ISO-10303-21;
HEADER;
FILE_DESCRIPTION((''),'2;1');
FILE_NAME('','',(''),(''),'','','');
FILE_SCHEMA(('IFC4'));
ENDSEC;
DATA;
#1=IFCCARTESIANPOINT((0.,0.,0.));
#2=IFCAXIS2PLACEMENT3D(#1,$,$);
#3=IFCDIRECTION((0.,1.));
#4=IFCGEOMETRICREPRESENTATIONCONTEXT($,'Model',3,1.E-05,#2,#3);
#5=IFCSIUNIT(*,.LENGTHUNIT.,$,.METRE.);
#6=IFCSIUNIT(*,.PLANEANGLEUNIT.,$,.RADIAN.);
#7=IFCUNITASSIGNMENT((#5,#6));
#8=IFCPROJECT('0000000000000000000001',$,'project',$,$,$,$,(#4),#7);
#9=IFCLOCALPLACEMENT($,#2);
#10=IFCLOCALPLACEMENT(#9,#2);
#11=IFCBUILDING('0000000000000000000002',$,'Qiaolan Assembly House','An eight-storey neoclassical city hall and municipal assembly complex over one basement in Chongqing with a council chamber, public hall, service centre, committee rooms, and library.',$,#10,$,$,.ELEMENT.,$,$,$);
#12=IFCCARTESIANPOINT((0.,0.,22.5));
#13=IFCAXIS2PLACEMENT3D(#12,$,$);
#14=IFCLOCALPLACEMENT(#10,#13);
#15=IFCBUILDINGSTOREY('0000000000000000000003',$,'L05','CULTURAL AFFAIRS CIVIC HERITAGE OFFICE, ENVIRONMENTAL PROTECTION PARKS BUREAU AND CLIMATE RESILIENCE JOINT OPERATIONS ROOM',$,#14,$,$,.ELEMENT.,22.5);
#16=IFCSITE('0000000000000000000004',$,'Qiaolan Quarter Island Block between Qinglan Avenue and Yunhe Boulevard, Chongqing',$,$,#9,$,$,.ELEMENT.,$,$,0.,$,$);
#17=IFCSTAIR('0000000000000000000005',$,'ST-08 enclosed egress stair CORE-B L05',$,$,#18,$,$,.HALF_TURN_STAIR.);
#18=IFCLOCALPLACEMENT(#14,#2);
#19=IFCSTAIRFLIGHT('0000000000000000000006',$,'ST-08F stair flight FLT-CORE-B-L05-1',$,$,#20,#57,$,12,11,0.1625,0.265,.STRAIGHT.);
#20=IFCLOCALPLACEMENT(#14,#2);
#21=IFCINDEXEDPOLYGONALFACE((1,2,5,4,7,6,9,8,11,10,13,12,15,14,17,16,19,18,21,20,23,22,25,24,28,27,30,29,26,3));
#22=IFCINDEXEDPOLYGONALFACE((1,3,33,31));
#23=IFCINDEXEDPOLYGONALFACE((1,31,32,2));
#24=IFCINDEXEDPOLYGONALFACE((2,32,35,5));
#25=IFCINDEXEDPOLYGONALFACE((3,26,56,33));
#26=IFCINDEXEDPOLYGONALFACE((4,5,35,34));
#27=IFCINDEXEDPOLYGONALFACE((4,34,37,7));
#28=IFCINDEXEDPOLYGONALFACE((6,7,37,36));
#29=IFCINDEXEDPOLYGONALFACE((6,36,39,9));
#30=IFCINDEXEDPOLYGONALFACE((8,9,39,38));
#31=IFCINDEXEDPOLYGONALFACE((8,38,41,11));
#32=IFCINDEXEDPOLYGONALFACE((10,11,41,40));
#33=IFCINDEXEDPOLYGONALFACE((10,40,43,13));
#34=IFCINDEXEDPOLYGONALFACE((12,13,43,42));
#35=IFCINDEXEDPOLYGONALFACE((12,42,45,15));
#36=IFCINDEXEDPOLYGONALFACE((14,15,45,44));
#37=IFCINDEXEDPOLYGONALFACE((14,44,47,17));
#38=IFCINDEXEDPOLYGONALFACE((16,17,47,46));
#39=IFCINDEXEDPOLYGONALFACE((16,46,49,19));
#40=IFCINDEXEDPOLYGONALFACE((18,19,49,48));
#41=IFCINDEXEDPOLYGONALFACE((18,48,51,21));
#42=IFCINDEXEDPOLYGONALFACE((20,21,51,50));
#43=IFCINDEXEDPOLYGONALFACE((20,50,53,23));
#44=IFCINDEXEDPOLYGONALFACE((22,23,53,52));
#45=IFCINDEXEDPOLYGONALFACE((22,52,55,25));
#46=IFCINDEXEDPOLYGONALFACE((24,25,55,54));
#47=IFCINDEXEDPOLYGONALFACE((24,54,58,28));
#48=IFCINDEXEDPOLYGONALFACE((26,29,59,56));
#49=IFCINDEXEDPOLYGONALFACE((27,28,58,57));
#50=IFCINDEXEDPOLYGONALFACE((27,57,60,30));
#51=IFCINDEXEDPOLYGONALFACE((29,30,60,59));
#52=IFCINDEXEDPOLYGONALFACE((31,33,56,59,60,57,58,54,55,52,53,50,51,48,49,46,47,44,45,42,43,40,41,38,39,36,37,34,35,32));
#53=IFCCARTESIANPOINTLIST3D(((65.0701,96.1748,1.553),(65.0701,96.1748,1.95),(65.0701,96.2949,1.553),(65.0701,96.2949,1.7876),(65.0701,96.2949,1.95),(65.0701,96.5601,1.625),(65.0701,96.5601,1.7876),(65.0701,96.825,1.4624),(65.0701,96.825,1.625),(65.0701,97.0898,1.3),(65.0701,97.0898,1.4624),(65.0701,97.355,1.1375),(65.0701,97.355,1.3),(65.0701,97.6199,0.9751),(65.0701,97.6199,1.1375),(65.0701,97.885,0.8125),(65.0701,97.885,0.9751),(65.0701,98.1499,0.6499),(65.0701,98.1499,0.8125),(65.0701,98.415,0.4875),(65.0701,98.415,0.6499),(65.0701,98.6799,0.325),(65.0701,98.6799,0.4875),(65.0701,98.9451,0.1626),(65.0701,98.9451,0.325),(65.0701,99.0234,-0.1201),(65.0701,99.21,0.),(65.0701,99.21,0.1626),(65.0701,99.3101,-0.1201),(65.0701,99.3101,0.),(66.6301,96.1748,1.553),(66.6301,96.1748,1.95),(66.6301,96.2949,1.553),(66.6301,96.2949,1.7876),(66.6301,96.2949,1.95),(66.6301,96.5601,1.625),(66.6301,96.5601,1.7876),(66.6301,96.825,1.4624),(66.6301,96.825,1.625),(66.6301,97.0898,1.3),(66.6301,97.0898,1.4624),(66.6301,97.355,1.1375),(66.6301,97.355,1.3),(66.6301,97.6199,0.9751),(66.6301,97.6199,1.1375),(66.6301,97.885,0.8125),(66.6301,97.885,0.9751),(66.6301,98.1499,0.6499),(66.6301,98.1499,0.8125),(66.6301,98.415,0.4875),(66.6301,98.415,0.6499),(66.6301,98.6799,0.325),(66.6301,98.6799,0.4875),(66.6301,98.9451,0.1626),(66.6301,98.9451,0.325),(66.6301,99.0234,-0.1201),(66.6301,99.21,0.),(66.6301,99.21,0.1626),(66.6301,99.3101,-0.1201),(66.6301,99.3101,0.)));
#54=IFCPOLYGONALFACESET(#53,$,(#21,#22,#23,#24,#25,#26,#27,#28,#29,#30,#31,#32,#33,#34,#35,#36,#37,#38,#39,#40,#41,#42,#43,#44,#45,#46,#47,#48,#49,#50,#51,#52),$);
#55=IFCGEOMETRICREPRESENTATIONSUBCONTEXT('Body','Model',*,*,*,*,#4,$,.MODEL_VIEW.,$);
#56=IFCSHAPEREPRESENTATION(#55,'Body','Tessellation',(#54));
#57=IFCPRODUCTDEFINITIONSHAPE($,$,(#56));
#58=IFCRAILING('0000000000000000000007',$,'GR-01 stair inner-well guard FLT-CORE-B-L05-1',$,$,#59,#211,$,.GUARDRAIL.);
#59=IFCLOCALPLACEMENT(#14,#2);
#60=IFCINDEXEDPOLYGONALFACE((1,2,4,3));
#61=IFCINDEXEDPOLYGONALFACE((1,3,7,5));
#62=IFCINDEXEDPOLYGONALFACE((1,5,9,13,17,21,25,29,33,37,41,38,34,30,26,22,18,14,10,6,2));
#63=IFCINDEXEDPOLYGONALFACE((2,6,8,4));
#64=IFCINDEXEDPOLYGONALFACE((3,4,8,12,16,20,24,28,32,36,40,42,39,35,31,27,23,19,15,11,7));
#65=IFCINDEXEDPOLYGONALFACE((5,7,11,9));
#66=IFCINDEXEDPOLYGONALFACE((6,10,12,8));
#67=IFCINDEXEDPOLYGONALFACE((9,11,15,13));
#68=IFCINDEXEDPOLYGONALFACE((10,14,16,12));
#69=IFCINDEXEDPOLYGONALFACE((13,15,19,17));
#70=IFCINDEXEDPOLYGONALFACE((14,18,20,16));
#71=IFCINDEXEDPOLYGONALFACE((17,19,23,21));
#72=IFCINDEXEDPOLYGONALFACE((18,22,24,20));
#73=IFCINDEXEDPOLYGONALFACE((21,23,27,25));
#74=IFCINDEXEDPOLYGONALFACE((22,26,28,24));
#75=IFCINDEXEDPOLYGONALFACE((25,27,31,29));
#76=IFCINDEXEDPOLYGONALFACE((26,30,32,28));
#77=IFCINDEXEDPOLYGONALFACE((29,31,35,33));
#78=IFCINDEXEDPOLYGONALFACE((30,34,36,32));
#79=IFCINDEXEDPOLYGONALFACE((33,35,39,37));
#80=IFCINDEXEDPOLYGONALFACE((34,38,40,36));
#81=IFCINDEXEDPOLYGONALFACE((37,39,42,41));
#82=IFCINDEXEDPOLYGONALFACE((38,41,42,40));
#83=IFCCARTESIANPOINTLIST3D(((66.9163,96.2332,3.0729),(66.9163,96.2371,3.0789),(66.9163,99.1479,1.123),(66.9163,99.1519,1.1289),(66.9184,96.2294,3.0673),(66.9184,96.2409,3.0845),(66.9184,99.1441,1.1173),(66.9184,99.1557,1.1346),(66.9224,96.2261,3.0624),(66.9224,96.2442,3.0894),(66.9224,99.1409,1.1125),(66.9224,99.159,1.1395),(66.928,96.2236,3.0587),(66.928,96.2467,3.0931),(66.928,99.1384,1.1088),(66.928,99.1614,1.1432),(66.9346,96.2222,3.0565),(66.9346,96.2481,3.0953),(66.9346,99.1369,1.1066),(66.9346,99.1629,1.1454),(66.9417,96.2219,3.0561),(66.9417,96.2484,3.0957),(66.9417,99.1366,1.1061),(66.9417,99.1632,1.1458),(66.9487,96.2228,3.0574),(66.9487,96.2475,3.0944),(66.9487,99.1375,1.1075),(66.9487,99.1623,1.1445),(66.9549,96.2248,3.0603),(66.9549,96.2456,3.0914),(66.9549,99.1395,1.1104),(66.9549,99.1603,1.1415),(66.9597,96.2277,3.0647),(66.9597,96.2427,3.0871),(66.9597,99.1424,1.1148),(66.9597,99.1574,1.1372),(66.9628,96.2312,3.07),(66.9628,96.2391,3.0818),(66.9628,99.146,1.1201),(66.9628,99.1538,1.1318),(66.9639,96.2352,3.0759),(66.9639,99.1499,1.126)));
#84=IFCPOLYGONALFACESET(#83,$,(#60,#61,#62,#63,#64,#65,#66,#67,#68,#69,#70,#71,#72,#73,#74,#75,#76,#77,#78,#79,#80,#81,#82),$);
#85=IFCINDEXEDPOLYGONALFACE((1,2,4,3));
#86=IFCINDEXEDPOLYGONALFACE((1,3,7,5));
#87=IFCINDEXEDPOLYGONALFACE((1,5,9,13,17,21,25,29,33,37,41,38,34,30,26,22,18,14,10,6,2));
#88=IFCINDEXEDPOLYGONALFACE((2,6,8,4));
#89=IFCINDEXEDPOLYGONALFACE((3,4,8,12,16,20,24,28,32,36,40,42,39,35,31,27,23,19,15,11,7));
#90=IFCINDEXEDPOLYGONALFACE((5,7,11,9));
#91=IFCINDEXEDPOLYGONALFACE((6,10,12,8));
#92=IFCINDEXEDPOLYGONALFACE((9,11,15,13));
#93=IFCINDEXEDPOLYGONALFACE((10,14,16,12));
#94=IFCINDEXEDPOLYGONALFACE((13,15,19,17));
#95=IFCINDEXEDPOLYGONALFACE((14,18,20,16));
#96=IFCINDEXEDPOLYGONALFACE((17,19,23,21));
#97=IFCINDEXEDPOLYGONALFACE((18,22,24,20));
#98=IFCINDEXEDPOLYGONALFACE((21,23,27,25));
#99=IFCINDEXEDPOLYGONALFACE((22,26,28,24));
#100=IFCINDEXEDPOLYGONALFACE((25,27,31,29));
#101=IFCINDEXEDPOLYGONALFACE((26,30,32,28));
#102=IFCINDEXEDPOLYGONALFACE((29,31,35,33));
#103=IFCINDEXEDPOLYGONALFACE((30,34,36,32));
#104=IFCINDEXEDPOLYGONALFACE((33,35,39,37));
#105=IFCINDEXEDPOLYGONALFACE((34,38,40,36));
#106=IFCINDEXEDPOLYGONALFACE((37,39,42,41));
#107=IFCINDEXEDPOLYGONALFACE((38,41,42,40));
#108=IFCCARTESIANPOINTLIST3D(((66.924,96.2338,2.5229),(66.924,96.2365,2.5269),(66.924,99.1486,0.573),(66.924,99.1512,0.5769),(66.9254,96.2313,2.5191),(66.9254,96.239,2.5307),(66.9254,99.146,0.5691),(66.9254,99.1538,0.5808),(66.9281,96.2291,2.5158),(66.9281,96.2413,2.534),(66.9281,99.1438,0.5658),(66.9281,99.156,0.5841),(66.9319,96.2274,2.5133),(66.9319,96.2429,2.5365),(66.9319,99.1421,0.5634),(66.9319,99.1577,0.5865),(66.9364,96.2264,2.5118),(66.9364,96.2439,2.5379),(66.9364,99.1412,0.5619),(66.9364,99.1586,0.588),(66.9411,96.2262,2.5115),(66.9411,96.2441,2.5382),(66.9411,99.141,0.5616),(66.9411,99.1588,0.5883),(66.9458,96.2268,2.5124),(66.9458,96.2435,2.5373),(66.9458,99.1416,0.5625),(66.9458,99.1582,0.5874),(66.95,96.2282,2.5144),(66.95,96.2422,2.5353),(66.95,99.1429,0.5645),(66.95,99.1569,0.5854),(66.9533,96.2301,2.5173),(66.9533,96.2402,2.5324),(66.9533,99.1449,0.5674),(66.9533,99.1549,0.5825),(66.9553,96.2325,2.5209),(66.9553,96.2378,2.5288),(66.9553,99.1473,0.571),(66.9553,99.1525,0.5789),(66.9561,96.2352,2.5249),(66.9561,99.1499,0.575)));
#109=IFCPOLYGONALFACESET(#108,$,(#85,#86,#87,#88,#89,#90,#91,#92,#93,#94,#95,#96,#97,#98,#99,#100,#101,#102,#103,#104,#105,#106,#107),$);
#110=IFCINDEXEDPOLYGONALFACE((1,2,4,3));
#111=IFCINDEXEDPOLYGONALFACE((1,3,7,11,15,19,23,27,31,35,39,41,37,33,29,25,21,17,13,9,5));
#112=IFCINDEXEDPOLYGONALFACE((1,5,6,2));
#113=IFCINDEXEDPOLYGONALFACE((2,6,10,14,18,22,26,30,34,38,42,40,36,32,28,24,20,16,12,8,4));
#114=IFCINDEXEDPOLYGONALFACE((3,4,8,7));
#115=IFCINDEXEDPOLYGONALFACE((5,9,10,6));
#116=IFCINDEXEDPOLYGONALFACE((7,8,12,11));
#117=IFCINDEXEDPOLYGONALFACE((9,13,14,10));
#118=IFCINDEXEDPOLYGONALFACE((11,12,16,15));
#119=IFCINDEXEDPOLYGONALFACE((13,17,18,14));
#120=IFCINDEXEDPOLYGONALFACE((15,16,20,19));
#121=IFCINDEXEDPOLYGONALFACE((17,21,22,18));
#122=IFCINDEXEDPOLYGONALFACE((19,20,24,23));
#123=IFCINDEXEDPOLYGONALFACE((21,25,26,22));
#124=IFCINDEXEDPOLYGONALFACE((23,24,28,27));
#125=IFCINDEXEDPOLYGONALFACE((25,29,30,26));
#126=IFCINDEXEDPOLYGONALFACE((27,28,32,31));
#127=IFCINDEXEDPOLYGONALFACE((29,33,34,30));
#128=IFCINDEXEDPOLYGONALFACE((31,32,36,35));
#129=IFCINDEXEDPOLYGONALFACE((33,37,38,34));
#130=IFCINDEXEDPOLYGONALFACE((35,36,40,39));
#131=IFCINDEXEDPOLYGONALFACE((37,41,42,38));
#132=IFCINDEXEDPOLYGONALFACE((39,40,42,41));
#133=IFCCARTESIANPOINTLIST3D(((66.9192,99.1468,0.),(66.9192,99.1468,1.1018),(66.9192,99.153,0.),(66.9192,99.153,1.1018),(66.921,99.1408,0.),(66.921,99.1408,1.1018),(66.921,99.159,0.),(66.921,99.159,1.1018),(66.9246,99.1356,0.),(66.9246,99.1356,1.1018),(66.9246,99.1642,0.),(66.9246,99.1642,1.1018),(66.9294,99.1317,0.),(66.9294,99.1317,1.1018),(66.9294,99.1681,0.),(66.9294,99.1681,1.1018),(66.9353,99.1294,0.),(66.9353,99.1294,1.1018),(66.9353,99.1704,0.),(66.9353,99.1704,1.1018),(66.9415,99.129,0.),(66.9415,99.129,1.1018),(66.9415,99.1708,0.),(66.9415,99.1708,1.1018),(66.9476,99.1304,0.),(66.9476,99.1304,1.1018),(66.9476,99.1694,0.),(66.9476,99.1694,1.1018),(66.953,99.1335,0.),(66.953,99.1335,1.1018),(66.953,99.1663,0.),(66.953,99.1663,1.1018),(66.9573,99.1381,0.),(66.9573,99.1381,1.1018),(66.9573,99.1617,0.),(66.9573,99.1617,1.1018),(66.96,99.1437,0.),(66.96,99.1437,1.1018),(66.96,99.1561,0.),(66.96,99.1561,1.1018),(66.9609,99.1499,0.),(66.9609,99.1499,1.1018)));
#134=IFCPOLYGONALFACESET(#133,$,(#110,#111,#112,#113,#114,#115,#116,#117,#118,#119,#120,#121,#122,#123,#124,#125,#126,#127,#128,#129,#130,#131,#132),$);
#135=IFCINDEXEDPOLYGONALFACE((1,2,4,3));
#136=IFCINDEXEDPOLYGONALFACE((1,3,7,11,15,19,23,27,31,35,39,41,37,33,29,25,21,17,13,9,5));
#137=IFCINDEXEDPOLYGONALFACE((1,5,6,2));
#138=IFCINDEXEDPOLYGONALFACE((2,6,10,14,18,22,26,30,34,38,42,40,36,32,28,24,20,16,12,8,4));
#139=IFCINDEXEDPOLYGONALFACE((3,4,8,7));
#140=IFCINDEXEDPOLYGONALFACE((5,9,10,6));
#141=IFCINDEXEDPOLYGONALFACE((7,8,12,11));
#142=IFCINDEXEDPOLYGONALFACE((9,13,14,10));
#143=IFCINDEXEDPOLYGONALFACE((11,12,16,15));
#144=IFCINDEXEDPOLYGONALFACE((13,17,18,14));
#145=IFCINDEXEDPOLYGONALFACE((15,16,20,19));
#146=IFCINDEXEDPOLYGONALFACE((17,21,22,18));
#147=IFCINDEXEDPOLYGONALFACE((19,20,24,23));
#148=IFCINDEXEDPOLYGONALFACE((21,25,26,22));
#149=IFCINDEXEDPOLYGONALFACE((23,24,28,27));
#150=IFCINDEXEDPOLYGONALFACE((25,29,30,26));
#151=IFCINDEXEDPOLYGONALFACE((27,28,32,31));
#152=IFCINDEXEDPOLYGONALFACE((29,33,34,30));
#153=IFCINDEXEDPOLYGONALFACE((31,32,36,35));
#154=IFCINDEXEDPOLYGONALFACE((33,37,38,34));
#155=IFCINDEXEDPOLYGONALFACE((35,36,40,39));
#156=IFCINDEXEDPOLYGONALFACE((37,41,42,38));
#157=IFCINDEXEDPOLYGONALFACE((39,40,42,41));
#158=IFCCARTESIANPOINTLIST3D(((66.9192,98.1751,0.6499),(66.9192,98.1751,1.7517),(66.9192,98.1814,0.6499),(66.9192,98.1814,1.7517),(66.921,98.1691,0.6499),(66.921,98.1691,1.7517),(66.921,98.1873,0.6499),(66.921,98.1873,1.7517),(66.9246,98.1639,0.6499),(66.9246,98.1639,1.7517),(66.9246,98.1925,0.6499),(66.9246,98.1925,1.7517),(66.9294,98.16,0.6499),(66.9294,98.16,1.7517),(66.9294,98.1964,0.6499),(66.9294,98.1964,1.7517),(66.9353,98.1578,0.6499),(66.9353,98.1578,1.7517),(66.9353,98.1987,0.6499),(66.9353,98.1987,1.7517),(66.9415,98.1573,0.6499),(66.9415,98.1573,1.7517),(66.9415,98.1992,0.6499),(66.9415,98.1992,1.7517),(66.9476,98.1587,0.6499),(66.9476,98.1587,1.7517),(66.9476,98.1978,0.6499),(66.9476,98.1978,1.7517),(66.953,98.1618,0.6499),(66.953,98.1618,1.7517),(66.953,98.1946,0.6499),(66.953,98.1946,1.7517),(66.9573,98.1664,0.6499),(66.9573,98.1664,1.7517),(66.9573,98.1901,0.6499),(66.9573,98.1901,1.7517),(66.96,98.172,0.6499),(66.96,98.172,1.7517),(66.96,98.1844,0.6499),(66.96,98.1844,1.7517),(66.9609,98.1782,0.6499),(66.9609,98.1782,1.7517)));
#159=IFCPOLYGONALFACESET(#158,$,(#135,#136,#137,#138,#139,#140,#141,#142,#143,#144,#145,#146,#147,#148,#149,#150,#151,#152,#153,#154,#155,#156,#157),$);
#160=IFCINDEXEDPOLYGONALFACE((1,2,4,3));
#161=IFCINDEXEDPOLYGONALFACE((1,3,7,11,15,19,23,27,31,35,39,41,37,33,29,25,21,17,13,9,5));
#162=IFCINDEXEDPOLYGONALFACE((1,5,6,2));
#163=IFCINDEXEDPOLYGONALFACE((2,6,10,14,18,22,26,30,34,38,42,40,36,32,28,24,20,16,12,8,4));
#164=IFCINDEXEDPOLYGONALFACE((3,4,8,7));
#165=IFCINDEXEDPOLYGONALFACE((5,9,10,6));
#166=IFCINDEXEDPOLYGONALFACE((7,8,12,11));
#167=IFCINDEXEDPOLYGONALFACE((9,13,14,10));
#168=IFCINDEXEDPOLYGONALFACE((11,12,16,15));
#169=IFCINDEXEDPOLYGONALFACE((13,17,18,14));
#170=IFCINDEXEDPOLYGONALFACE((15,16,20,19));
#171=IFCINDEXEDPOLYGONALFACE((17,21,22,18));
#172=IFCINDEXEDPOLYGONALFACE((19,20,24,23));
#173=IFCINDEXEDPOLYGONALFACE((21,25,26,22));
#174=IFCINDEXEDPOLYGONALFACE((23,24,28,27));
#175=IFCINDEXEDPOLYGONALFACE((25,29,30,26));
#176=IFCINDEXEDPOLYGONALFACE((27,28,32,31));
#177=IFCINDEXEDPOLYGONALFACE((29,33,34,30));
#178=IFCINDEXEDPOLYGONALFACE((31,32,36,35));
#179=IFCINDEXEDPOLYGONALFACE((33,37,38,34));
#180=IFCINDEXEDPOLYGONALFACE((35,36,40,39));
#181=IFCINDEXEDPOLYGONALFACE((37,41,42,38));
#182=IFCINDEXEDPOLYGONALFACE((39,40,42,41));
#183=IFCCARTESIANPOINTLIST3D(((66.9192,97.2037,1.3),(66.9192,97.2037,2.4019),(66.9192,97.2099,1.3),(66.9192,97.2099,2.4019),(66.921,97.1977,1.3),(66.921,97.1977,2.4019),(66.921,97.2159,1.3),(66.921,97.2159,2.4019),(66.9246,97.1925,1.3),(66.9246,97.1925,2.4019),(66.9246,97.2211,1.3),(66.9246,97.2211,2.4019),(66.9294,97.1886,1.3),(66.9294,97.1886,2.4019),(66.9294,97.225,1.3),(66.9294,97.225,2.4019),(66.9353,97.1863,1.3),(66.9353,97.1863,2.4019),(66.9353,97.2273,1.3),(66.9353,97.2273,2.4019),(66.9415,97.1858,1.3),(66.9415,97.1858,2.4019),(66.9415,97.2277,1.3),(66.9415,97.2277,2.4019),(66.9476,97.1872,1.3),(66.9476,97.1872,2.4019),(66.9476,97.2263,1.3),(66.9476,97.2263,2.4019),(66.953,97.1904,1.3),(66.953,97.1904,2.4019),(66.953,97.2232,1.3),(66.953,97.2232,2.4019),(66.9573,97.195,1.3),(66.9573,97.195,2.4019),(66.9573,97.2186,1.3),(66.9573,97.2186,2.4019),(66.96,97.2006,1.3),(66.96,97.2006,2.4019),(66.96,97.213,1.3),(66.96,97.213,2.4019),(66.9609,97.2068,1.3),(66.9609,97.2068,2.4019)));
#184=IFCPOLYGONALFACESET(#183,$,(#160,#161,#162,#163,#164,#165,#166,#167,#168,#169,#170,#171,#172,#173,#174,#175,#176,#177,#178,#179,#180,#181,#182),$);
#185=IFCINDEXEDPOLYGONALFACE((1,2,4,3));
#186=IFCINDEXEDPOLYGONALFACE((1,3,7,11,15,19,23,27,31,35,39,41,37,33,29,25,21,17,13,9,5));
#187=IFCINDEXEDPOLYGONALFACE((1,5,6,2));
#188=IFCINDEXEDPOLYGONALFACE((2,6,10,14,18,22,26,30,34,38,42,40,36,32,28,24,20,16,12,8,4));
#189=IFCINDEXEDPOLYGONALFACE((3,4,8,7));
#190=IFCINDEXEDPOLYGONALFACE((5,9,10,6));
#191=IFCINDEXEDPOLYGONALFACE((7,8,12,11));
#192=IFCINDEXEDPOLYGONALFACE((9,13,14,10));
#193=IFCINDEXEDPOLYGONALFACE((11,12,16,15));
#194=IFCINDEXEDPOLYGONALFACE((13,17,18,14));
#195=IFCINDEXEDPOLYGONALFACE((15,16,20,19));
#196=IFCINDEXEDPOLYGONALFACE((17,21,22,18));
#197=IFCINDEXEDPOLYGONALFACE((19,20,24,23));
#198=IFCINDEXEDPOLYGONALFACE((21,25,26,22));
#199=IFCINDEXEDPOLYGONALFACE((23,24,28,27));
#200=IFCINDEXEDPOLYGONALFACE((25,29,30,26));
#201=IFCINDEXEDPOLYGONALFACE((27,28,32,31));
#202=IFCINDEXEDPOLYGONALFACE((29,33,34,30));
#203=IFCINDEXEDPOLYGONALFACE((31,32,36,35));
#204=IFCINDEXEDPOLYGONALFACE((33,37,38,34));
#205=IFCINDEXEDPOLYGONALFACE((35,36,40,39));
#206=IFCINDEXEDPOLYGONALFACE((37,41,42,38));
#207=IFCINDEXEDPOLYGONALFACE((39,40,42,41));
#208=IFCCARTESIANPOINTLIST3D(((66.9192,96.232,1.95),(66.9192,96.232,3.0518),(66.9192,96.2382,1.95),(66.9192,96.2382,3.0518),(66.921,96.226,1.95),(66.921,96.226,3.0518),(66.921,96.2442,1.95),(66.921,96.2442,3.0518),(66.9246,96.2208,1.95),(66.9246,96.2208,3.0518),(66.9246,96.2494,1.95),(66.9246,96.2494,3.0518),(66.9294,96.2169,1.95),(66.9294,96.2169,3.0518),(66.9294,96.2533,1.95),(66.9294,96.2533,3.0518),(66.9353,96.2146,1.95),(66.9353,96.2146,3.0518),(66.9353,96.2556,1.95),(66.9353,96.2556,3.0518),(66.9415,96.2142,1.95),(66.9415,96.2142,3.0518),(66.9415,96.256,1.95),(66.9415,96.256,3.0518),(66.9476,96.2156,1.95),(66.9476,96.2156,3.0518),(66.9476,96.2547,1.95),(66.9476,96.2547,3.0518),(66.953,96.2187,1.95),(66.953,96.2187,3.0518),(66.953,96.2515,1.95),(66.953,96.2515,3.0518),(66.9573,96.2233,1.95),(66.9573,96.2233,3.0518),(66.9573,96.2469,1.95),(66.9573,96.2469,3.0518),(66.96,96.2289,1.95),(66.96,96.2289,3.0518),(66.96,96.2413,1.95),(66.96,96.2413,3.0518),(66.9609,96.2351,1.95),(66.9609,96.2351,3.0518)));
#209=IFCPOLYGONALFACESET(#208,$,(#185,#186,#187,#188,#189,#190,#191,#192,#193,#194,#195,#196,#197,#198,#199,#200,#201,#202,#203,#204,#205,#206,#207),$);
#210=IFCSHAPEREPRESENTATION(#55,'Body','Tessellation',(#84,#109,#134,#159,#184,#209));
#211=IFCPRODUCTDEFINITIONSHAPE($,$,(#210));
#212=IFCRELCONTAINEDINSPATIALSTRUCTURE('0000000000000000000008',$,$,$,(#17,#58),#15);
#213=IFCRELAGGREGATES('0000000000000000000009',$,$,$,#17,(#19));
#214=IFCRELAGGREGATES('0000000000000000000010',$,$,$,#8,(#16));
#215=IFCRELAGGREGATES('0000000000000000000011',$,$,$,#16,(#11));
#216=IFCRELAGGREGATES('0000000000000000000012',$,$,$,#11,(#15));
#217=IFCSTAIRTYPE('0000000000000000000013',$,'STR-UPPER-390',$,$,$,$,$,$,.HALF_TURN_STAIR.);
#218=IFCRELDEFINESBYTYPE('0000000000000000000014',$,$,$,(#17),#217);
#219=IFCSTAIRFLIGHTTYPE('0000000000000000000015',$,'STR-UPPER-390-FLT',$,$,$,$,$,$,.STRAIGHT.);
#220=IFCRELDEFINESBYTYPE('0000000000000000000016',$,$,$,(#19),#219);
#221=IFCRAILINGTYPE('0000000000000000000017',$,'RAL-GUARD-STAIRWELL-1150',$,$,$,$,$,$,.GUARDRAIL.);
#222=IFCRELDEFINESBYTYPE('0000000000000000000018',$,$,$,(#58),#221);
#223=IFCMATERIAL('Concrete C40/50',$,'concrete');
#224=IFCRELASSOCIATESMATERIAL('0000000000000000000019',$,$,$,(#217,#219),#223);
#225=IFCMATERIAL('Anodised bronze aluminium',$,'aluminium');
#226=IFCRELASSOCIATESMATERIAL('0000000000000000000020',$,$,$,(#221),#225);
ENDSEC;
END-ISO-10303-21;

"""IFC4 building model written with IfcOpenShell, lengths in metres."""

from ifc_helpers import new_model, si_unit, direction, frame, origin, origin_2d, place, context, subcontext, project, spatial, polyline, circle, outline, extrude, material, type_object, element, aggregate, save


model = new_model("IFC4")

# Units and contexts
model_context = context("Model", 3, precision=1e-05, world=origin(), true_north=direction((0.0, 1.0)))
body_context = subcontext(model_context, "Body", "Model", "MODEL_VIEW")
ifc_project = project(units=[si_unit("LENGTHUNIT", "METRE"), si_unit("PLANEANGLEUNIT", "RADIAN")], contexts=[model_context])

# Site, building, storey
site_placement = place(None, origin())
site = spatial("IfcSite", under=ifc_project, at=site_placement, Name="Qiaolan Quarter Island Block between Qinglan Avenue and Yunhe Boulevard, Chongqing", CompositionType="ELEMENT", RefElevation=0.0)
building_placement = place(site_placement, origin())
building = spatial("IfcBuilding", under=site, at=building_placement, Name="Qiaolan Assembly House", Description="An eight-storey neoclassical city hall and municipal assembly complex over one basement in Chongqing with a council chamber, public hall, service centre, committee rooms, and library.", CompositionType="ELEMENT")
storey_placement = place(building_placement, frame((0.0, 0.0, 22.5)))
storey = spatial("IfcBuildingStorey", under=building, at=storey_placement, Name="L05", Description="CULTURAL AFFAIRS CIVIC HERITAGE OFFICE, ENVIRONMENTAL PROTECTION PARKS BUREAU AND CLIMATE RESILIENCE JOINT OPERATIONS ROOM", CompositionType="ELEMENT", Elevation=22.5)

# Shared definitions
ifc_material_1 = material(Name="Concrete C40/50", Category="concrete")

# Stair, stair flight
stair_type = type_object("IfcStairType", Name="STR-UPPER-390", PredefinedType="HALF_TURN_STAIR", material=ifc_material_1)
stair_placement = place(storey_placement, origin())
stair = element("IfcStair", 1, at=stair_placement, inside=storey, type_object=stair_type, Name="ST-08 enclosed egress stair CORE-B L05", PredefinedType="HALF_TURN_STAIR")
stair_flight_type = type_object("IfcStairFlightType", Name="STR-UPPER-390-FLT", PredefinedType="STRAIGHT", material=ifc_material_1)
stair_flight_placement = place(storey_placement, frame((65.8501, 99.21, 0.0), z_axis=(0.0, 0.0, 1.0), x_axis=(0.0, -1.0, 0.0)))
stair_flight = element("IfcStairFlight", 2, at=stair_flight_placement, type_object=stair_flight_type, Name="ST-08F stair flight FLT-CORE-B-L05-1", NumberOfRisers=12, NumberOfTreads=11, PredefinedType="STRAIGHT", RiserHeight=0.1625, TreadLength=0.265, context=body_context, shape_type="SweptSolid", body=[
    extrude(outline(polyline([(-0.1001, -0.1201), (-0.1001, 0.0), (0.0, 0.0), (0.0, 0.1626), (0.2649, 0.1626), (0.2649, 0.325), (0.53, 0.325), (0.53, 0.4875), (0.7949, 0.4875), (0.7949, 0.6499), (1.0601, 0.6499), (1.0601, 0.8125), (1.325, 0.8125), (1.325, 0.9751), (1.5901, 0.9751), (1.5901, 1.1375), (1.855, 1.1375), (1.855, 1.3), (2.1201, 1.3), (2.1201, 1.4624), (2.385, 1.4624), (2.385, 1.625), (2.6499, 1.625), (2.6499, 1.7876), (2.915, 1.7876), (2.915, 1.95), (3.0352, 1.95), (3.0352, 1.553), (2.915, 1.553), (0.1865, -0.1201), (-0.1001, -0.1201)])), frame((0.0, 0.78, 0.0), z_axis=(0.0, -1.0, 0.0), x_axis=(1.0, 0.0, 0.0)), (0.0, 0.0, 1.0), 1.5601),
])
aggregate(stair, [stair_flight])

# Railing
ifc_material_2 = material(Name="Anodised bronze aluminium", Category="aluminium")
railing_type_1 = type_object("IfcRailingType", Name="RAL-GUARD-STAIRWELL-1150", PredefinedType="GUARDRAIL", material=ifc_material_2)
railing_1_placement = place(storey_placement, frame((66.9399, 99.1499, 0.0)))
element("IfcRailing", 3, at=railing_1_placement, inside=storey, type_object=railing_type_1, Name="GR-01 stair inner-well guard FLT-CORE-B-L05-1", PredefinedType="GUARDRAIL", context=body_context, shape_type="SweptSolid", body=[
    extrude(circle(Radius=0.0239, at=origin_2d()), frame((0.0, 0.0, 1.126), z_axis=(0.0, -0.83116, 0.556033), x_axis=(1.0, 0.0, 0.0)), (0.0, 0.0, 1.0), 3.5068),
    extrude(circle(Radius=0.0161, at=origin_2d()), frame((0.0, 0.0, 0.575), z_axis=(0.0, -0.83116, 0.556033), x_axis=(1.0, 0.0, 0.0)), (0.0, 0.0, 1.0), 3.5068),
    extrude(circle(Radius=0.021, at=origin_2d()), origin(), (0.0, 0.0, 1.0), 1.1018),
    extrude(circle(Radius=0.021, at=origin_2d()), frame((0.0, -0.9717, 0.6499)), (0.0, 0.0, 1.0), 1.1018),
    extrude(circle(Radius=0.021, at=origin_2d()), frame((0.0, -1.9431, 1.3)), (0.0, 0.0, 1.0), 1.1018),
    extrude(circle(Radius=0.021, at=origin_2d()), frame((0.0, -2.9148, 1.95)), (0.0, 0.0, 1.0), 1.1018),
])

save(model, "model.ifc")
